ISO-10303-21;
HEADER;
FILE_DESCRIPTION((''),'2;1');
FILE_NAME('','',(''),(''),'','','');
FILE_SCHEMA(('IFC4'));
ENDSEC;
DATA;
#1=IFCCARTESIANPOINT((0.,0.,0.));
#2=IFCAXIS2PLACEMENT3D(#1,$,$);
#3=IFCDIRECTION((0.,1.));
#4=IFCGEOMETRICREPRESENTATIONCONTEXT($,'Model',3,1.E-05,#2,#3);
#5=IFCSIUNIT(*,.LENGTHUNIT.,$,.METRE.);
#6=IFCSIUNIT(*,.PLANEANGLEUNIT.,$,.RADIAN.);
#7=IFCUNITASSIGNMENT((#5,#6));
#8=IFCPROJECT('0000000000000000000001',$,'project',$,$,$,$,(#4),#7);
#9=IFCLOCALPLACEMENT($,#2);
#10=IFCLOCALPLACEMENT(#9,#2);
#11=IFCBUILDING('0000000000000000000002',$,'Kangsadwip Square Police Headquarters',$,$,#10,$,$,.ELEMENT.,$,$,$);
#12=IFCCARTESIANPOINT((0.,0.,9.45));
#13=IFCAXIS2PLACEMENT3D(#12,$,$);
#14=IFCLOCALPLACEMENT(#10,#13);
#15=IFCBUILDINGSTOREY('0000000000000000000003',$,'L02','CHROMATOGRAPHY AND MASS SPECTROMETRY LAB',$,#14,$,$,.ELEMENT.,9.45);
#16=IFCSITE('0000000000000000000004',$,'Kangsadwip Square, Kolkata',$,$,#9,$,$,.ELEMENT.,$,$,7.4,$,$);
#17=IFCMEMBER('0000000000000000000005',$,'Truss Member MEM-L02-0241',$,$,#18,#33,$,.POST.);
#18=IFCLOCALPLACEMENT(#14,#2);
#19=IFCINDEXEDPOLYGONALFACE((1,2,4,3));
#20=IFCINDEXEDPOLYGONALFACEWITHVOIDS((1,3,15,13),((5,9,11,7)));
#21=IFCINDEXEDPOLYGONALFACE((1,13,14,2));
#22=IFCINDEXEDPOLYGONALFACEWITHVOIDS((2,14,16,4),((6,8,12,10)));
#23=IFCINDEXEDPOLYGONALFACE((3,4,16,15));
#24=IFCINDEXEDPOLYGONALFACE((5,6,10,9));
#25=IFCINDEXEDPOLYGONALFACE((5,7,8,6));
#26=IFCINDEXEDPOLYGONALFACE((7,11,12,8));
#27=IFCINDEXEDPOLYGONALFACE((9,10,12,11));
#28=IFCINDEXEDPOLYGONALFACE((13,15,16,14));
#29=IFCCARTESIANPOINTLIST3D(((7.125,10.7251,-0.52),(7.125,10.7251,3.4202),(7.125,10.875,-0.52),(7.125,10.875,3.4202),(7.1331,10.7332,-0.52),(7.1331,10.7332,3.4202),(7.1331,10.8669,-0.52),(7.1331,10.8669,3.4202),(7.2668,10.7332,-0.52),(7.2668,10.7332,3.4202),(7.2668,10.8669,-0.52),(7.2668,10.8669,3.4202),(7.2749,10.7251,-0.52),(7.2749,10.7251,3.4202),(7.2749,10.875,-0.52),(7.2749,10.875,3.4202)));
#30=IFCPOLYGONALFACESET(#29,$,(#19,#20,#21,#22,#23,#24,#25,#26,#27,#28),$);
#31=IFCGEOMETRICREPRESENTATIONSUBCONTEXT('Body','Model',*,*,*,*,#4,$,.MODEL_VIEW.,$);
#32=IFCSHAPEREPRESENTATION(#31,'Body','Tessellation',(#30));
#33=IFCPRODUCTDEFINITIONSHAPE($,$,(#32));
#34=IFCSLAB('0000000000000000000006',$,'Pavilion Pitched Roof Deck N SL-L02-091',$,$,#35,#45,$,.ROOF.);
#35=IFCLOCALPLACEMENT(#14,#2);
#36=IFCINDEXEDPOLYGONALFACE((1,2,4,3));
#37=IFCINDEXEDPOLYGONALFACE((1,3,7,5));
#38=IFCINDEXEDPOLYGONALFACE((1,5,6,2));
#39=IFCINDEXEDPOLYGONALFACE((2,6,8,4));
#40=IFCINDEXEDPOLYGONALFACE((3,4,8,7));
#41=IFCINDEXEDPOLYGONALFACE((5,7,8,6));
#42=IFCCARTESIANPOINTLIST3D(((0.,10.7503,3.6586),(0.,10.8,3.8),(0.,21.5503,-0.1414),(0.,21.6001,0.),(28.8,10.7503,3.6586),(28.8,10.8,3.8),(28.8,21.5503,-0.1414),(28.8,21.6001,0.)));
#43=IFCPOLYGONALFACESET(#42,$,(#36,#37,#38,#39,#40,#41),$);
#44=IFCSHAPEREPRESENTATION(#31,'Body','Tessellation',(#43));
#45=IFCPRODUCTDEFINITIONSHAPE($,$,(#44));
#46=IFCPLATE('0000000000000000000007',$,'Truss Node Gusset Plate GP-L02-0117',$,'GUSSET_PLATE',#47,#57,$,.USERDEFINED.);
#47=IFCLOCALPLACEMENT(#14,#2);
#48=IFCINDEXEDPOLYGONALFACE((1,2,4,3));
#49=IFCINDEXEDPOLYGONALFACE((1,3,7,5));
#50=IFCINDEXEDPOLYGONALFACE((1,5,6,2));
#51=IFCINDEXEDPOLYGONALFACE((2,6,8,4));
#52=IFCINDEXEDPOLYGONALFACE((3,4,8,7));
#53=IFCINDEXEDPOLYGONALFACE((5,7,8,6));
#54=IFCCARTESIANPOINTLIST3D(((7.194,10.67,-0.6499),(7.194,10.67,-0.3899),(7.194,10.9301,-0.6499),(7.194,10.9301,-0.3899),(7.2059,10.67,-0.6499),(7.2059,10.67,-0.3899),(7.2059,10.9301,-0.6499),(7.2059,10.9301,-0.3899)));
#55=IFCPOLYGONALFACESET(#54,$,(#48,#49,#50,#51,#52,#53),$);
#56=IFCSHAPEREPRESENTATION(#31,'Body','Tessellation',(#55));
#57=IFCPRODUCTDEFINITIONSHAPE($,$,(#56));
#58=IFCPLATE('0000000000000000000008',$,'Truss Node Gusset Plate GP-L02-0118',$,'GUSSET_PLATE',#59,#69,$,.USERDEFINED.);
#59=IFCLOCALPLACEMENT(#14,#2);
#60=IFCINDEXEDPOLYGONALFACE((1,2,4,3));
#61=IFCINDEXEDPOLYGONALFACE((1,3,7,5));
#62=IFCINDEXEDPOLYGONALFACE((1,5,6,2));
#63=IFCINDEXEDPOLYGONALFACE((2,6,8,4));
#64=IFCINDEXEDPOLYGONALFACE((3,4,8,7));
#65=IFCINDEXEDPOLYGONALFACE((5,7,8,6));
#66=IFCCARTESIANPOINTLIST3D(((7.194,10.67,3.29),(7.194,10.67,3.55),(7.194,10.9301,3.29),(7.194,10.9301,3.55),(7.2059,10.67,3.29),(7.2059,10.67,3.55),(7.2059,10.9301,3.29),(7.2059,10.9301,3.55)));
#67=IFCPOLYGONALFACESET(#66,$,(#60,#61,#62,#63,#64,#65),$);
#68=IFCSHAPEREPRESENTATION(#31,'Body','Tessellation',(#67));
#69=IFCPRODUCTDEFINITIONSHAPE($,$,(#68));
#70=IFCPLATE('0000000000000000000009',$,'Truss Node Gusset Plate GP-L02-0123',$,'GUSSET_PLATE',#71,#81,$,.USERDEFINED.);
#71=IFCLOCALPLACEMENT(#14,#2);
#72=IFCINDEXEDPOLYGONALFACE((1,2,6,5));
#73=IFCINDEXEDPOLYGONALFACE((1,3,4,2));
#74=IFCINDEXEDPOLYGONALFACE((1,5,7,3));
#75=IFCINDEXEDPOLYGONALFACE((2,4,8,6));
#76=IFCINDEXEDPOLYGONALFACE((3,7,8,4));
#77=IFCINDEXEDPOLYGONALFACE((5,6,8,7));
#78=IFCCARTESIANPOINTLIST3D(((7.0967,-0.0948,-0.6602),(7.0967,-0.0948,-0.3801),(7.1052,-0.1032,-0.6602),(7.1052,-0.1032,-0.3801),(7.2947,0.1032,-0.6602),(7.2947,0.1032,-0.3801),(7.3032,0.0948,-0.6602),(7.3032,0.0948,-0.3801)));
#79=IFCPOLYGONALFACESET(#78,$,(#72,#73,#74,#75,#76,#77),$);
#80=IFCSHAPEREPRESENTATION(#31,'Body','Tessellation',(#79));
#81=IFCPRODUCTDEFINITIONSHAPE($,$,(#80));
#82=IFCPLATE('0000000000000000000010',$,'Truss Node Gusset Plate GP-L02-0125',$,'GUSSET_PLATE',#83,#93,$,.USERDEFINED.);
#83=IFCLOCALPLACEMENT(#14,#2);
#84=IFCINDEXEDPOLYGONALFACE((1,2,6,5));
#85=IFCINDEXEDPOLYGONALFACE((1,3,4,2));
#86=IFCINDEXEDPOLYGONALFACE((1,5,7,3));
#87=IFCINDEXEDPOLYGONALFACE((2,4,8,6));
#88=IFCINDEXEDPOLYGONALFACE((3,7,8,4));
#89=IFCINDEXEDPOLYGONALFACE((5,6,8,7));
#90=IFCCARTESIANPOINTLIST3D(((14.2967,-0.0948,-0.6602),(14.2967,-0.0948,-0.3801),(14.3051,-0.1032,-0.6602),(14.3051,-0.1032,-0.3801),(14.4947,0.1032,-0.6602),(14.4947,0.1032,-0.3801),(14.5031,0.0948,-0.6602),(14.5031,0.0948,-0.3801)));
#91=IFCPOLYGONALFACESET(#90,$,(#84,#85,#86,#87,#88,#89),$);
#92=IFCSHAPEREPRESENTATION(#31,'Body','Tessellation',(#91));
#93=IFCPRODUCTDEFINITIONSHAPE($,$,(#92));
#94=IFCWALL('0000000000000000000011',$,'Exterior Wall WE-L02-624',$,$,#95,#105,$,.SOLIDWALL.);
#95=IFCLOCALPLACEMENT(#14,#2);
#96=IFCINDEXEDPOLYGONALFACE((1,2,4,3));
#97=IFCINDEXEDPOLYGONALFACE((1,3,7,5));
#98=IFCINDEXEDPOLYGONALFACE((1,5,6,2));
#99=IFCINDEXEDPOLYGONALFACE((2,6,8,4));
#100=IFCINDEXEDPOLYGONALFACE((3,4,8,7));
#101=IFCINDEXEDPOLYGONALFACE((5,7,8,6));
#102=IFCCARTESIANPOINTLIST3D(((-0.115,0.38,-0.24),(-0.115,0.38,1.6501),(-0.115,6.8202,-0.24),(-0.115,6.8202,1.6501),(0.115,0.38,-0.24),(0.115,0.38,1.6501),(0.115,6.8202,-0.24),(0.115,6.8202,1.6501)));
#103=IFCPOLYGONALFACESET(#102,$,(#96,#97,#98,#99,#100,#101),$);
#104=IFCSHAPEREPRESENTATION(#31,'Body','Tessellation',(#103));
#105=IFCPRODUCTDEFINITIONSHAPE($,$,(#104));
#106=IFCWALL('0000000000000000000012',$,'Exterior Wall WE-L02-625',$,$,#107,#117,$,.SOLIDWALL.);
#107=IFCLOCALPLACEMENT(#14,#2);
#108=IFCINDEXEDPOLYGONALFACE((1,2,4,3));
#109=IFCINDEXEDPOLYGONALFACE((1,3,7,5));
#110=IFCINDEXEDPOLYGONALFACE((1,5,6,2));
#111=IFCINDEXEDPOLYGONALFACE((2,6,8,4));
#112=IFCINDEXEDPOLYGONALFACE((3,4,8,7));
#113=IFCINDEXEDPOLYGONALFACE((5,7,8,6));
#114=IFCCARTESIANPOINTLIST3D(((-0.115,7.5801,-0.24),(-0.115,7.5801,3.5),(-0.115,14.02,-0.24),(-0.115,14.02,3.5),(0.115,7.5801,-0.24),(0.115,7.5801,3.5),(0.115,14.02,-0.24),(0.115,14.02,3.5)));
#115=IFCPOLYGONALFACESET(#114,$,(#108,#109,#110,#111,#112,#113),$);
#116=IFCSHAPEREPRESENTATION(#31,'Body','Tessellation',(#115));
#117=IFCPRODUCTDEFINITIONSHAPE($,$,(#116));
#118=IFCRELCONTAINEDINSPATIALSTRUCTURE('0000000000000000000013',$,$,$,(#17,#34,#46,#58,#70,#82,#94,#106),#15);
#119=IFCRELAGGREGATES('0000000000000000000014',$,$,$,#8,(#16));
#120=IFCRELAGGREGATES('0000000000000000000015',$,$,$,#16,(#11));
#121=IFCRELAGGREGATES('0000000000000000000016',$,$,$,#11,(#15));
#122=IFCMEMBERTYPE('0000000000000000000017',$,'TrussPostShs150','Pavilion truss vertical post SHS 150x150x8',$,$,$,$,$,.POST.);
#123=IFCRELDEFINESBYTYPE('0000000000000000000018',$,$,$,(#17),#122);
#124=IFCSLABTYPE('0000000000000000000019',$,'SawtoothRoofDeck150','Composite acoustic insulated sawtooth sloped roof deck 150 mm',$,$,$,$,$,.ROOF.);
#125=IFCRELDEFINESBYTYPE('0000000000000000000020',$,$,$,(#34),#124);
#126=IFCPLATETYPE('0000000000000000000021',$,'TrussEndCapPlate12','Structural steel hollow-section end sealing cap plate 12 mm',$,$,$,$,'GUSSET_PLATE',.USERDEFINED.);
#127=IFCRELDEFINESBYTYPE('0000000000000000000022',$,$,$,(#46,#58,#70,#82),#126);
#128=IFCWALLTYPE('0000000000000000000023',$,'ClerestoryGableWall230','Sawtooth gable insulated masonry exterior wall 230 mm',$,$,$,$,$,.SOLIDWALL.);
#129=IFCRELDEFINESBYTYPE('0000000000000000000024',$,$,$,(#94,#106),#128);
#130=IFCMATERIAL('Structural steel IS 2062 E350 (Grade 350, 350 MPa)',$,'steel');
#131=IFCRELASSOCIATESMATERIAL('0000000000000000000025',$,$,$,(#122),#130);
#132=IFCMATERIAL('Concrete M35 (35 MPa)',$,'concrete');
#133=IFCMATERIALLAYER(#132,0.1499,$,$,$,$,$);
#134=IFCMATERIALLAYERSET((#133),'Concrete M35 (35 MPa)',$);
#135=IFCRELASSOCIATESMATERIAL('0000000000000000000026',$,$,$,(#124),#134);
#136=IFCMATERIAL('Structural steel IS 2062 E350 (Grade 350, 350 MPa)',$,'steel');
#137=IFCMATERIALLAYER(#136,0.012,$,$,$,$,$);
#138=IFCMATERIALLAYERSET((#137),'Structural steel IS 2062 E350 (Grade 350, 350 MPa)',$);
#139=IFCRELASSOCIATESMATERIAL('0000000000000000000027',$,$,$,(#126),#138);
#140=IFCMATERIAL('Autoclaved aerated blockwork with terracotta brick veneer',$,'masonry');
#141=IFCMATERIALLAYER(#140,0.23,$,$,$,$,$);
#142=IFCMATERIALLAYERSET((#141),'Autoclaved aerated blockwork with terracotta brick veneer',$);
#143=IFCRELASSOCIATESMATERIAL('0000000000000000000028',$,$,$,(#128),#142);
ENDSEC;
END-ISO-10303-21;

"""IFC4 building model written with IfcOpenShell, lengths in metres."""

from ifc_helpers import new_model, si_unit, direction, frame, frame_2d, origin, origin_2d, place, context, subcontext, project, spatial, polyline, rectangle, hollow_rectangle, outline, extrude, material, layer, layer_set, material_profile, profile_set, type_object, element, save


model = new_model("IFC4")

# Units and contexts
model_context = context("Model", 3, precision=1e-05, world=origin(), true_north=direction((0.0, 1.0)))
body_context = subcontext(model_context, "Body", "Model", "MODEL_VIEW")
ifc_project = project(units=[si_unit("LENGTHUNIT", "METRE"), si_unit("PLANEANGLEUNIT", "RADIAN")], contexts=[model_context])

# Site, building, storey
site_placement = place(None, origin())
site = spatial("IfcSite", under=ifc_project, at=site_placement, Name="Kangsadwip Square, Kolkata", CompositionType="ELEMENT", RefElevation=7.4)
building_placement = place(site_placement, origin())
building = spatial("IfcBuilding", under=site, at=building_placement, Name="Kangsadwip Square Police Headquarters", CompositionType="ELEMENT")
storey_placement = place(building_placement, frame((0.0, 0.0, 9.45)))
storey = spatial("IfcBuildingStorey", under=building, at=storey_placement, Name="L02", Description="CHROMATOGRAPHY AND MASS SPECTROMETRY LAB", CompositionType="ELEMENT", Elevation=9.45)

# Member
ifc_material_1 = material(Name="Structural steel IS 2062 E350 (Grade 350, 350 MPa)", Category="steel")
ifc_material_profile_1 = material_profile(ifc_material_1, hollow_rectangle(XDim=0.1499, YDim=0.1499, WallThickness=0.0081, at=origin_2d()), Name="SHS 150X150X8")
ifc_profile_set_1 = profile_set([ifc_material_profile_1], Name="Structural steel IS 2062 E350 (Grade 350, 350 MPa)")
member_type_1 = type_object("IfcMemberType", Name="TrussPostShs150", Description="Pavilion truss vertical post SHS 150x150x8", PredefinedType="POST", material=ifc_profile_set_1)
member_placement = place(storey_placement, frame((7.2, 10.8, -0.52), z_axis=(0.0, 0.0, 1.0), x_axis=(1.0, 0.0, 0.0)))
element("IfcMember", 1, at=member_placement, inside=storey, type_object=member_type_1, Name="Truss Member MEM-L02-0241", PredefinedType="POST", context=body_context, shape_type="SweptSolid", body=[
    extrude(hollow_rectangle(XDim=0.1499, YDim=0.1499, WallThickness=0.0081, at=origin_2d()), origin(), (0.0, 0.0, 1.0), 3.9402),
])

# Slab
ifc_material_2 = material(Name="Concrete M35 (35 MPa)", Category="concrete")
ifc_layer_1 = layer(ifc_material_2, 0.1499)
ifc_layer_set_1 = layer_set([ifc_layer_1], Name="Concrete M35 (35 MPa)")
slab_type = type_object("IfcSlabType", Name="SawtoothRoofDeck150", Description="Composite acoustic insulated sawtooth sloped roof deck 150 mm", PredefinedType="ROOF", material=ifc_layer_set_1)
slab_placement = place(storey_placement, frame((0.0, 10.8, 3.8), z_axis=(0.0, 0.331909, 0.943312), x_axis=(1.0, 0.0, 0.0)))
element("IfcSlab", 2, at=slab_placement, inside=storey, type_object=slab_type, Name="Pavilion Pitched Roof Deck N SL-L02-091", PredefinedType="ROOF", context=body_context, shape_type="SweptSolid", body=[
    extrude(outline(polyline([(0.0, 0.0), (28.8, 0.0), (28.8, 11.4491), (0.0, 11.4491), (0.0, 0.0)])), origin(), (0.0, 0.0, -1.0), 0.1499),
])

# Plates
ifc_material_3 = material(Name="Structural steel IS 2062 E350 (Grade 350, 350 MPa)", Category="steel")
ifc_layer_2 = layer(ifc_material_3, 0.012)
ifc_layer_set_2 = layer_set([ifc_layer_2], Name="Structural steel IS 2062 E350 (Grade 350, 350 MPa)")
plate_type = type_object("IfcPlateType", Name="TrussEndCapPlate12", Description="Structural steel hollow-section end sealing cap plate 12 mm", ElementType="GUSSET_PLATE", PredefinedType="USERDEFINED", material=ifc_layer_set_2)
for number, where, z_axis, x_axis, name in (
    (3, (7.2, 10.8, -0.6499), (0.0, 0.0, 1.0), (0.0, 1.0, 0.0), "Truss Node Gusset Plate GP-L02-0117"),
    (4, (7.2, 10.8, 3.29), (0.0, 0.0, 1.0), (0.0, 1.0, 0.0), "Truss Node Gusset Plate GP-L02-0118"),
):
    element("IfcPlate", number, at=place(storey_placement, frame(where, z_axis=z_axis, x_axis=x_axis)), inside=storey, type_object=plate_type, Name=name, ObjectType="GUSSET_PLATE", PredefinedType="USERDEFINED", context=body_context, shape_type="SweptSolid", body=[
        extrude(rectangle(XDim=0.26, YDim=0.012, at=origin_2d()), origin(), (0.0, 0.0, 1.0), 0.26),
    ])
for number, where, z_axis, x_axis, name in (
    (5, (7.2, 0.0, -0.6602), (0.0, 0.0, 1.0), (0.707107, 0.707107, 0.0), "Truss Node Gusset Plate GP-L02-0123"),
    (6, (14.3999, 0.0, -0.6602), (0.0, 0.0, 1.0), (0.707107, 0.707107, 0.0), "Truss Node Gusset Plate GP-L02-0125"),
):
    element("IfcPlate", number, at=place(storey_placement, frame(where, z_axis=z_axis, x_axis=x_axis)), inside=storey, type_object=plate_type, Name=name, ObjectType="GUSSET_PLATE", PredefinedType="USERDEFINED", context=body_context, shape_type="SweptSolid", body=[
        extrude(rectangle(XDim=0.28, YDim=0.012, at=origin_2d()), origin(), (0.0, 0.0, 1.0), 0.28),
    ])

# Walls
ifc_material_4 = material(Name="Autoclaved aerated blockwork with terracotta brick veneer", Category="masonry")
ifc_layer_3 = layer(ifc_material_4, 0.23)
ifc_layer_set_3 = layer_set([ifc_layer_3], Name="Autoclaved aerated blockwork with terracotta brick veneer")
wall_type = type_object("IfcWallType", Name="ClerestoryGableWall230", Description="Sawtooth gable insulated masonry exterior wall 230 mm", PredefinedType="SOLIDWALL", material=ifc_layer_set_3)
wall_1_placement = place(storey_placement, frame((0.0, 0.3799, -0.24), z_axis=(0.0, 0.0, 1.0), x_axis=(0.0, 1.0, 0.0)))
element("IfcWall", 7, at=wall_1_placement, inside=storey, type_object=wall_type, Name="Exterior Wall WE-L02-624", PredefinedType="SOLIDWALL", context=body_context, shape_type="SweptSolid", body=[
    extrude(rectangle(XDim=6.4402, YDim=0.23, at=frame_2d((3.2202, 0.0))), origin(), (0.0, 0.0, 1.0), 1.8901),
])
wall_2_placement = place(storey_placement, frame((0.0, 7.5801, -0.24), z_axis=(0.0, 0.0, 1.0), x_axis=(0.0, 1.0, 0.0)))
element("IfcWall", 8, at=wall_2_placement, inside=storey, type_object=wall_type, Name="Exterior Wall WE-L02-625", PredefinedType="SOLIDWALL", context=body_context, shape_type="SweptSolid", body=[
    extrude(rectangle(XDim=6.4399, YDim=0.23, at=frame_2d((3.22, 0.0))), origin(), (0.0, 0.0, 1.0), 3.74),
])

save(model, "model.ifc")
